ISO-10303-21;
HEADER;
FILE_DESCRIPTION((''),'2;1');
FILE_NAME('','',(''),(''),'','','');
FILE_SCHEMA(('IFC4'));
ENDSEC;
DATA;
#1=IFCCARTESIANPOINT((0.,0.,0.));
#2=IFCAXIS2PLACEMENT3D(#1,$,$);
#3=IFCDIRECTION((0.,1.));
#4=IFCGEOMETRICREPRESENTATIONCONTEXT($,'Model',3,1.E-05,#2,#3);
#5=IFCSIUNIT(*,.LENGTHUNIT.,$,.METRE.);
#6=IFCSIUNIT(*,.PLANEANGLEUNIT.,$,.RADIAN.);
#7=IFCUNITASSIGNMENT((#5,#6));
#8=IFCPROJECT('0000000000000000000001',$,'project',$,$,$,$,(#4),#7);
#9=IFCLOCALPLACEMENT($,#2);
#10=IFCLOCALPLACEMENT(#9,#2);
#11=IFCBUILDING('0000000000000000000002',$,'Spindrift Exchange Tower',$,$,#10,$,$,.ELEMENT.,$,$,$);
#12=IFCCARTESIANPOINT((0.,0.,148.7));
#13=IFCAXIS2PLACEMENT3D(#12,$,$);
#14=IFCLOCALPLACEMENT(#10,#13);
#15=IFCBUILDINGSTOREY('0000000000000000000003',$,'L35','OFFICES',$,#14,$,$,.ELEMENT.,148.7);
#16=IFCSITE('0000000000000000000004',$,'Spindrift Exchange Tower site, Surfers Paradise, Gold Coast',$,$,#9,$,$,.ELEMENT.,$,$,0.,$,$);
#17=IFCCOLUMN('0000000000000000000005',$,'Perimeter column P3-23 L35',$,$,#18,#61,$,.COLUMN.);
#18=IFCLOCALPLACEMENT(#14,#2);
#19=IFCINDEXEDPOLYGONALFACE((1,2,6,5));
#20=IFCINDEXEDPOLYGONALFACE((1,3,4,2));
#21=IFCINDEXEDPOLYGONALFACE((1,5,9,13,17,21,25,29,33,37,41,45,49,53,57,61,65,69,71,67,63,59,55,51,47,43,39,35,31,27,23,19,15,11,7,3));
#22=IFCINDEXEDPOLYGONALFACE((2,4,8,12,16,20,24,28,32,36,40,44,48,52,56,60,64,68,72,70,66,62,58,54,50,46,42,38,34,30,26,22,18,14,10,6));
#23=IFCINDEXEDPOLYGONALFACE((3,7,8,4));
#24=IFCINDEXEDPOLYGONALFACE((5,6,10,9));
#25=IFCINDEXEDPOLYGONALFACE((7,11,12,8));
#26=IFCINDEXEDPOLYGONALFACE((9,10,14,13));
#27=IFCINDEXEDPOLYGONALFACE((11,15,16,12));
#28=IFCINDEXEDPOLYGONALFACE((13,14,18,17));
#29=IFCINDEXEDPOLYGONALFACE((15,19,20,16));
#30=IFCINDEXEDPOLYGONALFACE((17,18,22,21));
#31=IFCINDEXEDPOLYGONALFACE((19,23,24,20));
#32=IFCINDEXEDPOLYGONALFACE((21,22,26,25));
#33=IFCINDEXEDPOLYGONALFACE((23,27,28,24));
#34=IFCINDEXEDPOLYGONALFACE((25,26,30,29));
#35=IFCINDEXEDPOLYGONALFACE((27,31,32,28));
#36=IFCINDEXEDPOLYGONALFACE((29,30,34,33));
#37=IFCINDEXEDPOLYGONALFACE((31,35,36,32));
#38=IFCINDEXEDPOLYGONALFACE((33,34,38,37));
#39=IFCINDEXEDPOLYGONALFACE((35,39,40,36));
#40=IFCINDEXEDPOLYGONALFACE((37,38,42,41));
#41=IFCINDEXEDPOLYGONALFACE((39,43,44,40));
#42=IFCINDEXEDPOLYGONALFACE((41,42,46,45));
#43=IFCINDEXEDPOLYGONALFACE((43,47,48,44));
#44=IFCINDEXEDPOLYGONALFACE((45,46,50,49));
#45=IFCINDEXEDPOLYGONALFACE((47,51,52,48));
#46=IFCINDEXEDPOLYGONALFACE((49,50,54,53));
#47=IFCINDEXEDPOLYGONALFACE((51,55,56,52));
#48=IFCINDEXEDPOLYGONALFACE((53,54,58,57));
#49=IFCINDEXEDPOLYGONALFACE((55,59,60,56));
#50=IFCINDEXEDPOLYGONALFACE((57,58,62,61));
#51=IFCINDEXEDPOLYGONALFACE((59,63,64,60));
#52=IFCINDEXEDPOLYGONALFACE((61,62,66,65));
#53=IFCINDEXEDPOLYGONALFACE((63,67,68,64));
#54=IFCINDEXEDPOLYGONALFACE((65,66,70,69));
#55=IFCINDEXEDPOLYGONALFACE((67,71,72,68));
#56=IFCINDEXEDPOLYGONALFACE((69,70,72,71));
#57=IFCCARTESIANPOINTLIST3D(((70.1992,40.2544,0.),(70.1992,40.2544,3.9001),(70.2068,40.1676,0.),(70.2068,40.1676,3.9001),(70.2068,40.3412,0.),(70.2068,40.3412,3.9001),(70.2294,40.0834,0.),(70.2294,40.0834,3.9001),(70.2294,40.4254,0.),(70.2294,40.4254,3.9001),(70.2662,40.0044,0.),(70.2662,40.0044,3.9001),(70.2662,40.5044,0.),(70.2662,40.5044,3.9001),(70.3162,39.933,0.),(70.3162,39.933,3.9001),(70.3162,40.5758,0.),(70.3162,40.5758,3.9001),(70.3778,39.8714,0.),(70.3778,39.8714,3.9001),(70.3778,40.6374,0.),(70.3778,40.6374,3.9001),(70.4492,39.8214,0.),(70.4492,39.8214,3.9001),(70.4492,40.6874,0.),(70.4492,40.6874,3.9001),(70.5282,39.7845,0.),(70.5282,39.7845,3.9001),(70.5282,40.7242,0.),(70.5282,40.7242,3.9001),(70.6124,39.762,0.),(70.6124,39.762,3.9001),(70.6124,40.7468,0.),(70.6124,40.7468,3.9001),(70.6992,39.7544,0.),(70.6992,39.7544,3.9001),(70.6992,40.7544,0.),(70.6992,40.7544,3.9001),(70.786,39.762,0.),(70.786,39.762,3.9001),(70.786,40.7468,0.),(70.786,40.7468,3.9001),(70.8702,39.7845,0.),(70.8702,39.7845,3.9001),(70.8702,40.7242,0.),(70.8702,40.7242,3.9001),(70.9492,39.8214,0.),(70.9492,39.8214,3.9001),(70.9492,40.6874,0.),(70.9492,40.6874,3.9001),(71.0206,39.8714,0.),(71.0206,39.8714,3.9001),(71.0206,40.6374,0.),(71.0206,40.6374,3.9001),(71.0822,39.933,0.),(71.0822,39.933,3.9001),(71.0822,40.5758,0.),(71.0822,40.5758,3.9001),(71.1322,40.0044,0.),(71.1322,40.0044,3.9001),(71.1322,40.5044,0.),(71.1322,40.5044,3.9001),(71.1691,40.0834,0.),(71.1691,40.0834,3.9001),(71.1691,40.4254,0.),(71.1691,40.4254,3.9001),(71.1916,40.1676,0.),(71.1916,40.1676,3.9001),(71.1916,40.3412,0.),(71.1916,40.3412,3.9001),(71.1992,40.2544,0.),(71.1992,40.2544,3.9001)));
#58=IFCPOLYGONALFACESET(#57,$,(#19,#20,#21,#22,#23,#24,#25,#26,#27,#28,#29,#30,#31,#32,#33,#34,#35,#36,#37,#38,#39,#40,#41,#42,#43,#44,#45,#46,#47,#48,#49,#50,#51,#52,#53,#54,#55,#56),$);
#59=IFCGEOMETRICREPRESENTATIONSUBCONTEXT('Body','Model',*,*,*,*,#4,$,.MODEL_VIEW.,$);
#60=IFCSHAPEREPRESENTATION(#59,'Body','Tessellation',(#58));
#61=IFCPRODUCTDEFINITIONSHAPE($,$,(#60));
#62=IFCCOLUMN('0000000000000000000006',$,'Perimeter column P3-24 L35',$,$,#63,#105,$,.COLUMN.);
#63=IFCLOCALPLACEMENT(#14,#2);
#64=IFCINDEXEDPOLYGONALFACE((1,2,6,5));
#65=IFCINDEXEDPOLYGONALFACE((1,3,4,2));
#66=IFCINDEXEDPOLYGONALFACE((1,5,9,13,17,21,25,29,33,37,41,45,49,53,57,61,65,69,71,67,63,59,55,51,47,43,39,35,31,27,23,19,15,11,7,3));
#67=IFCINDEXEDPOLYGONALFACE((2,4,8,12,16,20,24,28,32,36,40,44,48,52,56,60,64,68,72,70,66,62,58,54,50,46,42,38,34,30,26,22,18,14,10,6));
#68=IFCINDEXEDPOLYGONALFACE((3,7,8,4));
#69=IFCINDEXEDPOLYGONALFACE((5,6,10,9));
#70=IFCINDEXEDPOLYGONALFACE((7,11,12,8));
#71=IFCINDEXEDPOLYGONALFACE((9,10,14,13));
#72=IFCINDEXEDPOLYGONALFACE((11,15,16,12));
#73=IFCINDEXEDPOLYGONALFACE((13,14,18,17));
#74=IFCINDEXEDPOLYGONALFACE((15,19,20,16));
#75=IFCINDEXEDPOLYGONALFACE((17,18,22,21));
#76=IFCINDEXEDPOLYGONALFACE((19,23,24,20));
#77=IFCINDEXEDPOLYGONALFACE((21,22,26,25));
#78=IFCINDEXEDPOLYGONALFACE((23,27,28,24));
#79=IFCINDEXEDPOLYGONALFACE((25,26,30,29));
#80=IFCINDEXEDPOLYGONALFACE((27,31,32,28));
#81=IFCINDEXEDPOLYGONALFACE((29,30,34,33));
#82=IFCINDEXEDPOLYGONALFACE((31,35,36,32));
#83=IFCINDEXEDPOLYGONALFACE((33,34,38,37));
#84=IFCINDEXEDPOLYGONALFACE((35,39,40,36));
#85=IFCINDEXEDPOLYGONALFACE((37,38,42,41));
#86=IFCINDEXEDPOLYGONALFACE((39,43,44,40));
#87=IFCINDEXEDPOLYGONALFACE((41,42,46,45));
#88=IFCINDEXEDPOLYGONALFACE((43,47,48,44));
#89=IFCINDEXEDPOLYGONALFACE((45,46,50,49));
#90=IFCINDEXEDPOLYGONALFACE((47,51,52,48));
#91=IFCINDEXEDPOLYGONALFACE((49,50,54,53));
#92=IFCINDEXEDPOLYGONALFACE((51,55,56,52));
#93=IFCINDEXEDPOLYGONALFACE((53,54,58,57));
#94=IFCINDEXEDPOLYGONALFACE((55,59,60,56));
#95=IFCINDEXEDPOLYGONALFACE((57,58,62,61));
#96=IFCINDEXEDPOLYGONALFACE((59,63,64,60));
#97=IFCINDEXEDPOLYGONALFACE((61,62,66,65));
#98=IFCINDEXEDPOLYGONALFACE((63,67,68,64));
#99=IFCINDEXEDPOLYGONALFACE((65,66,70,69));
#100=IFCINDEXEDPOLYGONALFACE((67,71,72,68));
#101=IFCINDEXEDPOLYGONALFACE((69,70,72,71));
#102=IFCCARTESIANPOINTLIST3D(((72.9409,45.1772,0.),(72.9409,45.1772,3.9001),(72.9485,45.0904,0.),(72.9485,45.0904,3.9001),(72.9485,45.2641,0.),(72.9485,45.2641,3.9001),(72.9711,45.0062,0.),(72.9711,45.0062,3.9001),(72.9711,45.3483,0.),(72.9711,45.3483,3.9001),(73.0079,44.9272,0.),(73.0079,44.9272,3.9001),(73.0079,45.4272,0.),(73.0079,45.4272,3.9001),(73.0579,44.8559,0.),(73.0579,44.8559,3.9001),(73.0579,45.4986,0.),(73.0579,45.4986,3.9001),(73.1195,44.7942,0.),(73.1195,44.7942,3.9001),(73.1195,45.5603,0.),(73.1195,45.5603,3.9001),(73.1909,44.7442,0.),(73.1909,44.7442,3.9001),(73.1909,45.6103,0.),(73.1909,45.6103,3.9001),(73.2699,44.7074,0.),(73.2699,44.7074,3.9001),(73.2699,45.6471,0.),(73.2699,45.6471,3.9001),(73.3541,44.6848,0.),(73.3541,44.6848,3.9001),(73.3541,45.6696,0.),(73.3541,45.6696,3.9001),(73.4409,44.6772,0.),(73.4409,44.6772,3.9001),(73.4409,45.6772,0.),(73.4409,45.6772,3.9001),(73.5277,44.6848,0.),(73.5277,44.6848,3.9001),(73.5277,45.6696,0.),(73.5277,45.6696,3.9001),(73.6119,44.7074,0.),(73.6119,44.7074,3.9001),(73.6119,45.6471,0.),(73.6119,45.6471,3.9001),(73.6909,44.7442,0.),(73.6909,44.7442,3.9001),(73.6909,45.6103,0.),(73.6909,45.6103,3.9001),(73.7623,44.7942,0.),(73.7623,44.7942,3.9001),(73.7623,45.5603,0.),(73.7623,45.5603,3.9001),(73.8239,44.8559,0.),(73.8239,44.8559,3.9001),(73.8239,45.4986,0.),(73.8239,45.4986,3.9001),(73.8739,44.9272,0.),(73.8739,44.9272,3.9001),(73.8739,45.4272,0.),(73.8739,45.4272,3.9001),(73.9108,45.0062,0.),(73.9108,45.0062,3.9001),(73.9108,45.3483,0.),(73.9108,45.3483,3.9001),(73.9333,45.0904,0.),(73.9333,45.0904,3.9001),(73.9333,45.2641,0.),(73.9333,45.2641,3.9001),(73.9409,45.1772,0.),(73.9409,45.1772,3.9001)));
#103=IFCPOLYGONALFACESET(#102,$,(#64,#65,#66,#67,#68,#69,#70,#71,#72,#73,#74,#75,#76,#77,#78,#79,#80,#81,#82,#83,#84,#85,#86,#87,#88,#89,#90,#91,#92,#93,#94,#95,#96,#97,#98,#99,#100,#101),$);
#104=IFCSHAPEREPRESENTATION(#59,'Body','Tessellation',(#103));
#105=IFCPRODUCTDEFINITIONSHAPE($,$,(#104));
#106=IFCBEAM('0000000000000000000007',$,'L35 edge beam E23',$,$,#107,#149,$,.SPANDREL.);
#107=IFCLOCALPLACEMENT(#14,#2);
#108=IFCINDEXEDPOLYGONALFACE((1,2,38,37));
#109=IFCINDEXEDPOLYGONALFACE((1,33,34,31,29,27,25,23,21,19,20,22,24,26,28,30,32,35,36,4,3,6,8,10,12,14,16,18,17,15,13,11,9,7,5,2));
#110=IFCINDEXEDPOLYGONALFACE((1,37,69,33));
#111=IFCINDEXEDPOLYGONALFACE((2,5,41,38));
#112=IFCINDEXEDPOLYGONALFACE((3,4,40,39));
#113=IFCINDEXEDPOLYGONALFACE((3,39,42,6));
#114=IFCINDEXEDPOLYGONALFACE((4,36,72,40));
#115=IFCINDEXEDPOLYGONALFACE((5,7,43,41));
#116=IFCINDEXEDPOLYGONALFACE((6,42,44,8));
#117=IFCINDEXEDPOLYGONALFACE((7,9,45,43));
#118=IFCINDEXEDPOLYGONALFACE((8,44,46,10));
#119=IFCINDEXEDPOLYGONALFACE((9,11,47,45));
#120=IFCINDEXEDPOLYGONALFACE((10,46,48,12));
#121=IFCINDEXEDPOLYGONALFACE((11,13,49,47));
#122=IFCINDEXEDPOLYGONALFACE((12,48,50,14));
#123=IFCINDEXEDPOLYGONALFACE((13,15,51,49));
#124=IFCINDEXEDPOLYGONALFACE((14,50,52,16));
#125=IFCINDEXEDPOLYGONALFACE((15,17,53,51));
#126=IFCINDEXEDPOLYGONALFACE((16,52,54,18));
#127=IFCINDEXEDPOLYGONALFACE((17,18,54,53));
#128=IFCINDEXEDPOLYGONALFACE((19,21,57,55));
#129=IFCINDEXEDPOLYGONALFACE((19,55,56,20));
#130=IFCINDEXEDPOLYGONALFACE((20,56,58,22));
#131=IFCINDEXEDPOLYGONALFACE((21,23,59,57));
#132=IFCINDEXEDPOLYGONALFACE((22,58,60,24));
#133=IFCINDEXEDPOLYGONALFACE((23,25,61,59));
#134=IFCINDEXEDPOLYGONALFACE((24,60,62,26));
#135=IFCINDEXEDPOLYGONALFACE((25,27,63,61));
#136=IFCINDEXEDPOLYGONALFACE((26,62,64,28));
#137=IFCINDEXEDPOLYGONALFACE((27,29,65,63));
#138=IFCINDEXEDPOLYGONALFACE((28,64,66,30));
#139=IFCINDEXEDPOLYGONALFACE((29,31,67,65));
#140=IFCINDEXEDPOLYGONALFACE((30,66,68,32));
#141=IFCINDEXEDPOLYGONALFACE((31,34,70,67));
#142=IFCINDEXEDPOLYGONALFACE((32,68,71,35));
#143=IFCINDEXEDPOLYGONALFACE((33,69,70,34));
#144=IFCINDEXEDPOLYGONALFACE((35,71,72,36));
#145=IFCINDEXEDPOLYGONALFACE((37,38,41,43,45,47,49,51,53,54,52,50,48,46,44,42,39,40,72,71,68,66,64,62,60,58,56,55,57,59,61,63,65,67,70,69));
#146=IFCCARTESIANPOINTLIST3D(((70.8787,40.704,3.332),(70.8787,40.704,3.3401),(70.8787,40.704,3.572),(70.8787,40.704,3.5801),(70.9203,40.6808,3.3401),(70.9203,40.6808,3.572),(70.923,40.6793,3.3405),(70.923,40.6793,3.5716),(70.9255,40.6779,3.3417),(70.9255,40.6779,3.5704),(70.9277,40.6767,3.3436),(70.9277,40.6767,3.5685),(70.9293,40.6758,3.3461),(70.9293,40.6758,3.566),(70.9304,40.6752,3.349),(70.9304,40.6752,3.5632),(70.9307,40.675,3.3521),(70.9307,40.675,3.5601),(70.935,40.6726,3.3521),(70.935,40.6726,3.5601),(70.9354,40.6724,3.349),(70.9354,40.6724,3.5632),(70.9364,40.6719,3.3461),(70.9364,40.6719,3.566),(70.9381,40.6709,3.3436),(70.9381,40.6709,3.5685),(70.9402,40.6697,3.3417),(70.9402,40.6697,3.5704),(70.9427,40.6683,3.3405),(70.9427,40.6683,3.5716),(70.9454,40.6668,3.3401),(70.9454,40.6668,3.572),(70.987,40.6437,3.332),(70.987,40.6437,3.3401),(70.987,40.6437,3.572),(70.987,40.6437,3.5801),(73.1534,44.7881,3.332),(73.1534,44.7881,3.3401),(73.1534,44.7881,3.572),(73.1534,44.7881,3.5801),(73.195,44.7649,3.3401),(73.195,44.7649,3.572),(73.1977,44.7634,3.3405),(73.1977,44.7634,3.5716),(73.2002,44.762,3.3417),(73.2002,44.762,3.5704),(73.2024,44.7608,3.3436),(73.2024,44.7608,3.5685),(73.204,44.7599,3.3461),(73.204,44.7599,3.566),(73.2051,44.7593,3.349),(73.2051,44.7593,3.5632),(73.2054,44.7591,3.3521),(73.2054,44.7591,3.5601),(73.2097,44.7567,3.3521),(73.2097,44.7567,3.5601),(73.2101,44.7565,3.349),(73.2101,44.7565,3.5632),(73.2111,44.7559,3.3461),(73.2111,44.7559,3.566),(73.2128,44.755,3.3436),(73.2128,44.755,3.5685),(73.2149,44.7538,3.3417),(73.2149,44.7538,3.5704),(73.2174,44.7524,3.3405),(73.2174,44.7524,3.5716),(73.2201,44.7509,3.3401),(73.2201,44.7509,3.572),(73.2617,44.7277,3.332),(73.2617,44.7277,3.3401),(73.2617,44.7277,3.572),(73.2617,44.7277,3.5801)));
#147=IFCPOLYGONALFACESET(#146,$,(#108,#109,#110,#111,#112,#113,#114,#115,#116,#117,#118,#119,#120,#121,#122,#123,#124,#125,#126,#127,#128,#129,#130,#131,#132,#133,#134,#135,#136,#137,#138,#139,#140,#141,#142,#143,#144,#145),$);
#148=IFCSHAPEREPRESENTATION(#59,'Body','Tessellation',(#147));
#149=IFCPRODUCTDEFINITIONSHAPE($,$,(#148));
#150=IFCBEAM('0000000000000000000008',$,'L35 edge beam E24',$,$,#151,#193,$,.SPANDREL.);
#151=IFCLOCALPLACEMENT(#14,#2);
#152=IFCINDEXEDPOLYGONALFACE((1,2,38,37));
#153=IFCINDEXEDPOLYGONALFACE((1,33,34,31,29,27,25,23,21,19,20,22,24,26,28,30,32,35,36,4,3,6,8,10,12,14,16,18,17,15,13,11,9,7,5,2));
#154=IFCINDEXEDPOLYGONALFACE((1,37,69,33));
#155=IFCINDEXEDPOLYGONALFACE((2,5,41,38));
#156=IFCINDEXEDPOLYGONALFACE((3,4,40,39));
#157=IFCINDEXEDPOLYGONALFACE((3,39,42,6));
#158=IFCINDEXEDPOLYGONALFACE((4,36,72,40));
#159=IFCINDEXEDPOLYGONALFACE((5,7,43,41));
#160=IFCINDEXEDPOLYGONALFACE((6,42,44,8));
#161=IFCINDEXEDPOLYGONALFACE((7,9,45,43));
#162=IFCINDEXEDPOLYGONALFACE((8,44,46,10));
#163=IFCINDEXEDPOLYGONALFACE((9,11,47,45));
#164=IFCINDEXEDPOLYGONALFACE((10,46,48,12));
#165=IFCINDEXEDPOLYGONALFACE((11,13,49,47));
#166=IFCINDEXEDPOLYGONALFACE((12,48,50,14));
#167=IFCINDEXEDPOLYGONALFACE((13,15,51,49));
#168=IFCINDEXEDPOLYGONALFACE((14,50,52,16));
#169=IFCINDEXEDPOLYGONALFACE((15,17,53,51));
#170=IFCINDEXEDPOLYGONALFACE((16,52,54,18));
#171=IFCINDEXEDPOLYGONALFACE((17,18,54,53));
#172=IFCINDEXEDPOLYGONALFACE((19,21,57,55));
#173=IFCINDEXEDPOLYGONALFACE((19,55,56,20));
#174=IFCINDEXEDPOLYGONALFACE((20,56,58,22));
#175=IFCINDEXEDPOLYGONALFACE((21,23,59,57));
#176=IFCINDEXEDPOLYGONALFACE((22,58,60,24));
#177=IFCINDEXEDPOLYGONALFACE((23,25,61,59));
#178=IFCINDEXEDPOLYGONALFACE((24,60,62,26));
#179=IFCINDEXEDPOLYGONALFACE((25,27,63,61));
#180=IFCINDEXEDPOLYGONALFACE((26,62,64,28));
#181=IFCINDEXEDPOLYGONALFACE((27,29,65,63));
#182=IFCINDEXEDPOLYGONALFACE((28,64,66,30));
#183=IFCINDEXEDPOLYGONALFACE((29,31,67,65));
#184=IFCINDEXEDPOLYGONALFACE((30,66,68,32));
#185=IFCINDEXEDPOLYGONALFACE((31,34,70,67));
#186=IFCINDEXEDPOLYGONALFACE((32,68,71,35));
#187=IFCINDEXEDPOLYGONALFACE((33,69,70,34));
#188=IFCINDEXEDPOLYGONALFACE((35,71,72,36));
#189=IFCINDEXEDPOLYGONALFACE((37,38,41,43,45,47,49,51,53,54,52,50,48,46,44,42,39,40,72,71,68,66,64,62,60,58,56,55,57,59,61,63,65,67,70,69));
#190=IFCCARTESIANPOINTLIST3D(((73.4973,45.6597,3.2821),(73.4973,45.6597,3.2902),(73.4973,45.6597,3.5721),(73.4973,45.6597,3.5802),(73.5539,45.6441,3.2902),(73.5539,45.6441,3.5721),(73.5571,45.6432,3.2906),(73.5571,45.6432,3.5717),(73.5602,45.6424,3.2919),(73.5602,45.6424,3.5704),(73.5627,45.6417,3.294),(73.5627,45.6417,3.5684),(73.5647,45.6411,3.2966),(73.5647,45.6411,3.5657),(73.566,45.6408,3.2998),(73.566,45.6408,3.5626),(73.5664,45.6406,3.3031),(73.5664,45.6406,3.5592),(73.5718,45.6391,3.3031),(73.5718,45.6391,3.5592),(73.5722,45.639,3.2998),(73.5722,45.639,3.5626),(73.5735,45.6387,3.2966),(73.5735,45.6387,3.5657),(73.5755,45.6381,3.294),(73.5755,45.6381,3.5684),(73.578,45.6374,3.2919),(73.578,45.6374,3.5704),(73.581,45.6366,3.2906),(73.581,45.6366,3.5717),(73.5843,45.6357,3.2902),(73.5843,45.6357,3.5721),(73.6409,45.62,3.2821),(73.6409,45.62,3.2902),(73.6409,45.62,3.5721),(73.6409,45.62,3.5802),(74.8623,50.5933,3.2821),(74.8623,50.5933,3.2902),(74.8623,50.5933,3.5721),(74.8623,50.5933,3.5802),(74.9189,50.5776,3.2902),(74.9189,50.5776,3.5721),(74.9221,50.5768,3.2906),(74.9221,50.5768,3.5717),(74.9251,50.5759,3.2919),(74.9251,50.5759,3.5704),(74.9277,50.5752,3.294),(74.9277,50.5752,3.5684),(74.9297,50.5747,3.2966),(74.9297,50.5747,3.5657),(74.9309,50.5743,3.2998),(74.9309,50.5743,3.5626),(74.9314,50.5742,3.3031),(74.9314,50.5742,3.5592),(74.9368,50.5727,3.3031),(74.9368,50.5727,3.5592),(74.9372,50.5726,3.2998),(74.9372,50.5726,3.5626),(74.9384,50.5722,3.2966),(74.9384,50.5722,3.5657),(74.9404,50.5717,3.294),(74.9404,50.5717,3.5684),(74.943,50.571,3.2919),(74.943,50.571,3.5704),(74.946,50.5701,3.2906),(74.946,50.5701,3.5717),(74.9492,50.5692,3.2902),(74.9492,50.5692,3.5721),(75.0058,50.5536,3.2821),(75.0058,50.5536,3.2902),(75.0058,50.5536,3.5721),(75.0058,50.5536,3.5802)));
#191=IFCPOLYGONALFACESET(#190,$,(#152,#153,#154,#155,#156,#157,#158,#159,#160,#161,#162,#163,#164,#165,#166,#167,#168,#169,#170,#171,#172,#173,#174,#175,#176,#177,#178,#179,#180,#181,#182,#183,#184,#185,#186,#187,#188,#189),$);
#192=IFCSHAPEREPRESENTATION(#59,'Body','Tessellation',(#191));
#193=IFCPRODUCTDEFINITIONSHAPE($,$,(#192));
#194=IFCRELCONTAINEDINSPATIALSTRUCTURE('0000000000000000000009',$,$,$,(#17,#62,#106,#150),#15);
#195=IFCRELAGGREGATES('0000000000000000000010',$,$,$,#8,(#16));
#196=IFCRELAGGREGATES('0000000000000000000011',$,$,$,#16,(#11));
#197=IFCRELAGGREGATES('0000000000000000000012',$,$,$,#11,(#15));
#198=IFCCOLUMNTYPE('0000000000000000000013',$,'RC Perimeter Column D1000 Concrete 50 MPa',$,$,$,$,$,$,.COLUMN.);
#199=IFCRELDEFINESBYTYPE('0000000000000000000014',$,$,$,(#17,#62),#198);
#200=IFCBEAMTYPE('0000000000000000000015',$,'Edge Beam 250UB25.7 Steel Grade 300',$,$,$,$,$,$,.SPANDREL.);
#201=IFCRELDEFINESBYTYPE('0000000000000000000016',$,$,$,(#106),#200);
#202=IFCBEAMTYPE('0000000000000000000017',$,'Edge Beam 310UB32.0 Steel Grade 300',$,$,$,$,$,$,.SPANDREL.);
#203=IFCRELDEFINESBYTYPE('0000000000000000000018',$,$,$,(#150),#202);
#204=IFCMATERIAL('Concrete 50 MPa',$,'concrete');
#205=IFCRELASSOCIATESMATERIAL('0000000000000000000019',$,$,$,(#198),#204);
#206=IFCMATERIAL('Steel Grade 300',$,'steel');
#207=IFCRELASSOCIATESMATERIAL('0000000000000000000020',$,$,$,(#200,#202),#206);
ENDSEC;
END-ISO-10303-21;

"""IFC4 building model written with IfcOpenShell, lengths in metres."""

from ifc_helpers import new_model, si_unit, direction, frame, origin, origin_2d, place, context, subcontext, project, spatial, circle, i_section, extrude, source, transform, mapped, material, material_profile, profile_set, type_object, element, save


model = new_model("IFC4")

# Units and contexts
model_context = context("Model", 3, precision=1e-05, world=origin(), true_north=direction((0.0, 1.0)))
body_context = subcontext(model_context, "Body", "Model", "MODEL_VIEW")
ifc_project = project(units=[si_unit("LENGTHUNIT", "METRE"), si_unit("PLANEANGLEUNIT", "RADIAN")], contexts=[model_context])

# Site, building, storey
site_placement = place(None, origin())
site = spatial("IfcSite", under=ifc_project, at=site_placement, Name="Spindrift Exchange Tower site, Surfers Paradise, Gold Coast", CompositionType="ELEMENT", RefElevation=0.0)
building_placement = place(site_placement, origin())
building = spatial("IfcBuilding", under=site, at=building_placement, Name="Spindrift Exchange Tower", CompositionType="ELEMENT")
storey_placement = place(building_placement, frame((0.0, 0.0, 148.7)))
storey = spatial("IfcBuildingStorey", under=building, at=storey_placement, Name="L35", Description="OFFICES", CompositionType="ELEMENT", Elevation=148.7)

# Columns
ifc_material_1 = material(Name="Concrete 50 MPa", Category="concrete")
ifc_material_profile_1 = material_profile(ifc_material_1, circle(Radius=0.5, at=origin_2d()), Name="RC D1000")
ifc_profile_set_1 = profile_set([ifc_material_profile_1], Name="Concrete 50 MPa")
column_type = type_object("IfcColumnType", Name="RC Perimeter Column D1000 Concrete 50 MPa", PredefinedType="COLUMN", material=ifc_profile_set_1)
shared_shape_1 = source(origin(), body_context, "Body", "SweptSolid", [
    extrude(circle(Radius=0.5, at=origin_2d()), origin(), (0.0, 0.0, 1.0), 3.9001),
])
for number, where, z_axis, x_axis, name in (
    (1, (70.6992, 40.2544, 0.0), (0.0, 0.0, 1.0), (1.0, 0.0, 0.0), "Perimeter column P3-23 L35"),
    (2, (73.4409, 45.1772, 0.0), (0.0, 0.0, 1.0), (1.0, 0.0, 0.0), "Perimeter column P3-24 L35"),
):
    element("IfcColumn", number, at=place(storey_placement, frame(where, z_axis=z_axis, x_axis=x_axis)), inside=storey, type_object=column_type, Name=name, PredefinedType="COLUMN", context=body_context, shape_type="MappedRepresentation", body=[
        mapped(shared_shape_1, transform((0.0, 0.0, 0.0), scale=1.0)),
    ])

# Beams
ifc_material_2 = material(Name="Steel Grade 300", Category="steel")
ifc_material_profile_2 = material_profile(ifc_material_2, i_section(OverallWidth=0.124, OverallDepth=0.248, WebThickness=0.0049, FlangeThickness=0.0081, FilletRadius=0.012, at=origin_2d()), Name="250UB25.7")
ifc_profile_set_2 = profile_set([ifc_material_profile_2], Name="Steel Grade 300")
beam_type_1 = type_object("IfcBeamType", Name="Edge Beam 250UB25.7 Steel Grade 300", PredefinedType="SPANDREL", material=ifc_profile_set_2)
shared_shape_2 = source(origin(), body_context, "Body", "SweptSolid", [
    extrude(i_section(OverallWidth=0.124, OverallDepth=0.248, WebThickness=0.0049, FlangeThickness=0.0081, FilletRadius=0.012, at=origin_2d()), origin(), (0.0, 0.0, 1.0), 4.6748),
])
beam_1_placement = place(storey_placement, frame((70.9329, 40.6738, 3.4561), z_axis=(0.486587, 0.873632, 0.0), x_axis=(-0.873632, 0.486587, 0.0)))
element("IfcBeam", 3, at=beam_1_placement, inside=storey, type_object=beam_type_1, Name="L35 edge beam E23", PredefinedType="SPANDREL", context=body_context, shape_type="MappedRepresentation", body=[
    mapped(shared_shape_2, transform((0.0, 0.0, 0.0), scale=1.0)),
])
ifc_material_profile_3 = material_profile(ifc_material_2, i_section(OverallWidth=0.1489, OverallDepth=0.2981, WebThickness=0.0056, FlangeThickness=0.0081, FilletRadius=0.0129, at=origin_2d()), Name="310UB32.0")
ifc_profile_set_3 = profile_set([ifc_material_profile_3], Name="Steel Grade 300")
beam_type_2 = type_object("IfcBeamType", Name="Edge Beam 310UB32.0 Steel Grade 300", PredefinedType="SPANDREL", material=ifc_profile_set_3)
shared_shape_3 = source(origin(), body_context, "Body", "SweptSolid", [
    extrude(i_section(OverallWidth=0.1489, OverallDepth=0.2981, WebThickness=0.0056, FlangeThickness=0.0081, FilletRadius=0.0129, at=origin_2d()), origin(), (0.0, 0.0, 1.0), 5.1189),
])
beam_2_placement = place(storey_placement, frame((73.5691, 45.6399, 3.4312), z_axis=(0.266655, 0.963792, 0.0), x_axis=(-0.963792, 0.266655, 0.0)))
element("IfcBeam", 4, at=beam_2_placement, inside=storey, type_object=beam_type_2, Name="L35 edge beam E24", PredefinedType="SPANDREL", context=body_context, shape_type="MappedRepresentation", body=[
    mapped(shared_shape_3, transform((0.0, 0.0, 0.0), scale=1.0)),
])

save(model, "model.ifc")
